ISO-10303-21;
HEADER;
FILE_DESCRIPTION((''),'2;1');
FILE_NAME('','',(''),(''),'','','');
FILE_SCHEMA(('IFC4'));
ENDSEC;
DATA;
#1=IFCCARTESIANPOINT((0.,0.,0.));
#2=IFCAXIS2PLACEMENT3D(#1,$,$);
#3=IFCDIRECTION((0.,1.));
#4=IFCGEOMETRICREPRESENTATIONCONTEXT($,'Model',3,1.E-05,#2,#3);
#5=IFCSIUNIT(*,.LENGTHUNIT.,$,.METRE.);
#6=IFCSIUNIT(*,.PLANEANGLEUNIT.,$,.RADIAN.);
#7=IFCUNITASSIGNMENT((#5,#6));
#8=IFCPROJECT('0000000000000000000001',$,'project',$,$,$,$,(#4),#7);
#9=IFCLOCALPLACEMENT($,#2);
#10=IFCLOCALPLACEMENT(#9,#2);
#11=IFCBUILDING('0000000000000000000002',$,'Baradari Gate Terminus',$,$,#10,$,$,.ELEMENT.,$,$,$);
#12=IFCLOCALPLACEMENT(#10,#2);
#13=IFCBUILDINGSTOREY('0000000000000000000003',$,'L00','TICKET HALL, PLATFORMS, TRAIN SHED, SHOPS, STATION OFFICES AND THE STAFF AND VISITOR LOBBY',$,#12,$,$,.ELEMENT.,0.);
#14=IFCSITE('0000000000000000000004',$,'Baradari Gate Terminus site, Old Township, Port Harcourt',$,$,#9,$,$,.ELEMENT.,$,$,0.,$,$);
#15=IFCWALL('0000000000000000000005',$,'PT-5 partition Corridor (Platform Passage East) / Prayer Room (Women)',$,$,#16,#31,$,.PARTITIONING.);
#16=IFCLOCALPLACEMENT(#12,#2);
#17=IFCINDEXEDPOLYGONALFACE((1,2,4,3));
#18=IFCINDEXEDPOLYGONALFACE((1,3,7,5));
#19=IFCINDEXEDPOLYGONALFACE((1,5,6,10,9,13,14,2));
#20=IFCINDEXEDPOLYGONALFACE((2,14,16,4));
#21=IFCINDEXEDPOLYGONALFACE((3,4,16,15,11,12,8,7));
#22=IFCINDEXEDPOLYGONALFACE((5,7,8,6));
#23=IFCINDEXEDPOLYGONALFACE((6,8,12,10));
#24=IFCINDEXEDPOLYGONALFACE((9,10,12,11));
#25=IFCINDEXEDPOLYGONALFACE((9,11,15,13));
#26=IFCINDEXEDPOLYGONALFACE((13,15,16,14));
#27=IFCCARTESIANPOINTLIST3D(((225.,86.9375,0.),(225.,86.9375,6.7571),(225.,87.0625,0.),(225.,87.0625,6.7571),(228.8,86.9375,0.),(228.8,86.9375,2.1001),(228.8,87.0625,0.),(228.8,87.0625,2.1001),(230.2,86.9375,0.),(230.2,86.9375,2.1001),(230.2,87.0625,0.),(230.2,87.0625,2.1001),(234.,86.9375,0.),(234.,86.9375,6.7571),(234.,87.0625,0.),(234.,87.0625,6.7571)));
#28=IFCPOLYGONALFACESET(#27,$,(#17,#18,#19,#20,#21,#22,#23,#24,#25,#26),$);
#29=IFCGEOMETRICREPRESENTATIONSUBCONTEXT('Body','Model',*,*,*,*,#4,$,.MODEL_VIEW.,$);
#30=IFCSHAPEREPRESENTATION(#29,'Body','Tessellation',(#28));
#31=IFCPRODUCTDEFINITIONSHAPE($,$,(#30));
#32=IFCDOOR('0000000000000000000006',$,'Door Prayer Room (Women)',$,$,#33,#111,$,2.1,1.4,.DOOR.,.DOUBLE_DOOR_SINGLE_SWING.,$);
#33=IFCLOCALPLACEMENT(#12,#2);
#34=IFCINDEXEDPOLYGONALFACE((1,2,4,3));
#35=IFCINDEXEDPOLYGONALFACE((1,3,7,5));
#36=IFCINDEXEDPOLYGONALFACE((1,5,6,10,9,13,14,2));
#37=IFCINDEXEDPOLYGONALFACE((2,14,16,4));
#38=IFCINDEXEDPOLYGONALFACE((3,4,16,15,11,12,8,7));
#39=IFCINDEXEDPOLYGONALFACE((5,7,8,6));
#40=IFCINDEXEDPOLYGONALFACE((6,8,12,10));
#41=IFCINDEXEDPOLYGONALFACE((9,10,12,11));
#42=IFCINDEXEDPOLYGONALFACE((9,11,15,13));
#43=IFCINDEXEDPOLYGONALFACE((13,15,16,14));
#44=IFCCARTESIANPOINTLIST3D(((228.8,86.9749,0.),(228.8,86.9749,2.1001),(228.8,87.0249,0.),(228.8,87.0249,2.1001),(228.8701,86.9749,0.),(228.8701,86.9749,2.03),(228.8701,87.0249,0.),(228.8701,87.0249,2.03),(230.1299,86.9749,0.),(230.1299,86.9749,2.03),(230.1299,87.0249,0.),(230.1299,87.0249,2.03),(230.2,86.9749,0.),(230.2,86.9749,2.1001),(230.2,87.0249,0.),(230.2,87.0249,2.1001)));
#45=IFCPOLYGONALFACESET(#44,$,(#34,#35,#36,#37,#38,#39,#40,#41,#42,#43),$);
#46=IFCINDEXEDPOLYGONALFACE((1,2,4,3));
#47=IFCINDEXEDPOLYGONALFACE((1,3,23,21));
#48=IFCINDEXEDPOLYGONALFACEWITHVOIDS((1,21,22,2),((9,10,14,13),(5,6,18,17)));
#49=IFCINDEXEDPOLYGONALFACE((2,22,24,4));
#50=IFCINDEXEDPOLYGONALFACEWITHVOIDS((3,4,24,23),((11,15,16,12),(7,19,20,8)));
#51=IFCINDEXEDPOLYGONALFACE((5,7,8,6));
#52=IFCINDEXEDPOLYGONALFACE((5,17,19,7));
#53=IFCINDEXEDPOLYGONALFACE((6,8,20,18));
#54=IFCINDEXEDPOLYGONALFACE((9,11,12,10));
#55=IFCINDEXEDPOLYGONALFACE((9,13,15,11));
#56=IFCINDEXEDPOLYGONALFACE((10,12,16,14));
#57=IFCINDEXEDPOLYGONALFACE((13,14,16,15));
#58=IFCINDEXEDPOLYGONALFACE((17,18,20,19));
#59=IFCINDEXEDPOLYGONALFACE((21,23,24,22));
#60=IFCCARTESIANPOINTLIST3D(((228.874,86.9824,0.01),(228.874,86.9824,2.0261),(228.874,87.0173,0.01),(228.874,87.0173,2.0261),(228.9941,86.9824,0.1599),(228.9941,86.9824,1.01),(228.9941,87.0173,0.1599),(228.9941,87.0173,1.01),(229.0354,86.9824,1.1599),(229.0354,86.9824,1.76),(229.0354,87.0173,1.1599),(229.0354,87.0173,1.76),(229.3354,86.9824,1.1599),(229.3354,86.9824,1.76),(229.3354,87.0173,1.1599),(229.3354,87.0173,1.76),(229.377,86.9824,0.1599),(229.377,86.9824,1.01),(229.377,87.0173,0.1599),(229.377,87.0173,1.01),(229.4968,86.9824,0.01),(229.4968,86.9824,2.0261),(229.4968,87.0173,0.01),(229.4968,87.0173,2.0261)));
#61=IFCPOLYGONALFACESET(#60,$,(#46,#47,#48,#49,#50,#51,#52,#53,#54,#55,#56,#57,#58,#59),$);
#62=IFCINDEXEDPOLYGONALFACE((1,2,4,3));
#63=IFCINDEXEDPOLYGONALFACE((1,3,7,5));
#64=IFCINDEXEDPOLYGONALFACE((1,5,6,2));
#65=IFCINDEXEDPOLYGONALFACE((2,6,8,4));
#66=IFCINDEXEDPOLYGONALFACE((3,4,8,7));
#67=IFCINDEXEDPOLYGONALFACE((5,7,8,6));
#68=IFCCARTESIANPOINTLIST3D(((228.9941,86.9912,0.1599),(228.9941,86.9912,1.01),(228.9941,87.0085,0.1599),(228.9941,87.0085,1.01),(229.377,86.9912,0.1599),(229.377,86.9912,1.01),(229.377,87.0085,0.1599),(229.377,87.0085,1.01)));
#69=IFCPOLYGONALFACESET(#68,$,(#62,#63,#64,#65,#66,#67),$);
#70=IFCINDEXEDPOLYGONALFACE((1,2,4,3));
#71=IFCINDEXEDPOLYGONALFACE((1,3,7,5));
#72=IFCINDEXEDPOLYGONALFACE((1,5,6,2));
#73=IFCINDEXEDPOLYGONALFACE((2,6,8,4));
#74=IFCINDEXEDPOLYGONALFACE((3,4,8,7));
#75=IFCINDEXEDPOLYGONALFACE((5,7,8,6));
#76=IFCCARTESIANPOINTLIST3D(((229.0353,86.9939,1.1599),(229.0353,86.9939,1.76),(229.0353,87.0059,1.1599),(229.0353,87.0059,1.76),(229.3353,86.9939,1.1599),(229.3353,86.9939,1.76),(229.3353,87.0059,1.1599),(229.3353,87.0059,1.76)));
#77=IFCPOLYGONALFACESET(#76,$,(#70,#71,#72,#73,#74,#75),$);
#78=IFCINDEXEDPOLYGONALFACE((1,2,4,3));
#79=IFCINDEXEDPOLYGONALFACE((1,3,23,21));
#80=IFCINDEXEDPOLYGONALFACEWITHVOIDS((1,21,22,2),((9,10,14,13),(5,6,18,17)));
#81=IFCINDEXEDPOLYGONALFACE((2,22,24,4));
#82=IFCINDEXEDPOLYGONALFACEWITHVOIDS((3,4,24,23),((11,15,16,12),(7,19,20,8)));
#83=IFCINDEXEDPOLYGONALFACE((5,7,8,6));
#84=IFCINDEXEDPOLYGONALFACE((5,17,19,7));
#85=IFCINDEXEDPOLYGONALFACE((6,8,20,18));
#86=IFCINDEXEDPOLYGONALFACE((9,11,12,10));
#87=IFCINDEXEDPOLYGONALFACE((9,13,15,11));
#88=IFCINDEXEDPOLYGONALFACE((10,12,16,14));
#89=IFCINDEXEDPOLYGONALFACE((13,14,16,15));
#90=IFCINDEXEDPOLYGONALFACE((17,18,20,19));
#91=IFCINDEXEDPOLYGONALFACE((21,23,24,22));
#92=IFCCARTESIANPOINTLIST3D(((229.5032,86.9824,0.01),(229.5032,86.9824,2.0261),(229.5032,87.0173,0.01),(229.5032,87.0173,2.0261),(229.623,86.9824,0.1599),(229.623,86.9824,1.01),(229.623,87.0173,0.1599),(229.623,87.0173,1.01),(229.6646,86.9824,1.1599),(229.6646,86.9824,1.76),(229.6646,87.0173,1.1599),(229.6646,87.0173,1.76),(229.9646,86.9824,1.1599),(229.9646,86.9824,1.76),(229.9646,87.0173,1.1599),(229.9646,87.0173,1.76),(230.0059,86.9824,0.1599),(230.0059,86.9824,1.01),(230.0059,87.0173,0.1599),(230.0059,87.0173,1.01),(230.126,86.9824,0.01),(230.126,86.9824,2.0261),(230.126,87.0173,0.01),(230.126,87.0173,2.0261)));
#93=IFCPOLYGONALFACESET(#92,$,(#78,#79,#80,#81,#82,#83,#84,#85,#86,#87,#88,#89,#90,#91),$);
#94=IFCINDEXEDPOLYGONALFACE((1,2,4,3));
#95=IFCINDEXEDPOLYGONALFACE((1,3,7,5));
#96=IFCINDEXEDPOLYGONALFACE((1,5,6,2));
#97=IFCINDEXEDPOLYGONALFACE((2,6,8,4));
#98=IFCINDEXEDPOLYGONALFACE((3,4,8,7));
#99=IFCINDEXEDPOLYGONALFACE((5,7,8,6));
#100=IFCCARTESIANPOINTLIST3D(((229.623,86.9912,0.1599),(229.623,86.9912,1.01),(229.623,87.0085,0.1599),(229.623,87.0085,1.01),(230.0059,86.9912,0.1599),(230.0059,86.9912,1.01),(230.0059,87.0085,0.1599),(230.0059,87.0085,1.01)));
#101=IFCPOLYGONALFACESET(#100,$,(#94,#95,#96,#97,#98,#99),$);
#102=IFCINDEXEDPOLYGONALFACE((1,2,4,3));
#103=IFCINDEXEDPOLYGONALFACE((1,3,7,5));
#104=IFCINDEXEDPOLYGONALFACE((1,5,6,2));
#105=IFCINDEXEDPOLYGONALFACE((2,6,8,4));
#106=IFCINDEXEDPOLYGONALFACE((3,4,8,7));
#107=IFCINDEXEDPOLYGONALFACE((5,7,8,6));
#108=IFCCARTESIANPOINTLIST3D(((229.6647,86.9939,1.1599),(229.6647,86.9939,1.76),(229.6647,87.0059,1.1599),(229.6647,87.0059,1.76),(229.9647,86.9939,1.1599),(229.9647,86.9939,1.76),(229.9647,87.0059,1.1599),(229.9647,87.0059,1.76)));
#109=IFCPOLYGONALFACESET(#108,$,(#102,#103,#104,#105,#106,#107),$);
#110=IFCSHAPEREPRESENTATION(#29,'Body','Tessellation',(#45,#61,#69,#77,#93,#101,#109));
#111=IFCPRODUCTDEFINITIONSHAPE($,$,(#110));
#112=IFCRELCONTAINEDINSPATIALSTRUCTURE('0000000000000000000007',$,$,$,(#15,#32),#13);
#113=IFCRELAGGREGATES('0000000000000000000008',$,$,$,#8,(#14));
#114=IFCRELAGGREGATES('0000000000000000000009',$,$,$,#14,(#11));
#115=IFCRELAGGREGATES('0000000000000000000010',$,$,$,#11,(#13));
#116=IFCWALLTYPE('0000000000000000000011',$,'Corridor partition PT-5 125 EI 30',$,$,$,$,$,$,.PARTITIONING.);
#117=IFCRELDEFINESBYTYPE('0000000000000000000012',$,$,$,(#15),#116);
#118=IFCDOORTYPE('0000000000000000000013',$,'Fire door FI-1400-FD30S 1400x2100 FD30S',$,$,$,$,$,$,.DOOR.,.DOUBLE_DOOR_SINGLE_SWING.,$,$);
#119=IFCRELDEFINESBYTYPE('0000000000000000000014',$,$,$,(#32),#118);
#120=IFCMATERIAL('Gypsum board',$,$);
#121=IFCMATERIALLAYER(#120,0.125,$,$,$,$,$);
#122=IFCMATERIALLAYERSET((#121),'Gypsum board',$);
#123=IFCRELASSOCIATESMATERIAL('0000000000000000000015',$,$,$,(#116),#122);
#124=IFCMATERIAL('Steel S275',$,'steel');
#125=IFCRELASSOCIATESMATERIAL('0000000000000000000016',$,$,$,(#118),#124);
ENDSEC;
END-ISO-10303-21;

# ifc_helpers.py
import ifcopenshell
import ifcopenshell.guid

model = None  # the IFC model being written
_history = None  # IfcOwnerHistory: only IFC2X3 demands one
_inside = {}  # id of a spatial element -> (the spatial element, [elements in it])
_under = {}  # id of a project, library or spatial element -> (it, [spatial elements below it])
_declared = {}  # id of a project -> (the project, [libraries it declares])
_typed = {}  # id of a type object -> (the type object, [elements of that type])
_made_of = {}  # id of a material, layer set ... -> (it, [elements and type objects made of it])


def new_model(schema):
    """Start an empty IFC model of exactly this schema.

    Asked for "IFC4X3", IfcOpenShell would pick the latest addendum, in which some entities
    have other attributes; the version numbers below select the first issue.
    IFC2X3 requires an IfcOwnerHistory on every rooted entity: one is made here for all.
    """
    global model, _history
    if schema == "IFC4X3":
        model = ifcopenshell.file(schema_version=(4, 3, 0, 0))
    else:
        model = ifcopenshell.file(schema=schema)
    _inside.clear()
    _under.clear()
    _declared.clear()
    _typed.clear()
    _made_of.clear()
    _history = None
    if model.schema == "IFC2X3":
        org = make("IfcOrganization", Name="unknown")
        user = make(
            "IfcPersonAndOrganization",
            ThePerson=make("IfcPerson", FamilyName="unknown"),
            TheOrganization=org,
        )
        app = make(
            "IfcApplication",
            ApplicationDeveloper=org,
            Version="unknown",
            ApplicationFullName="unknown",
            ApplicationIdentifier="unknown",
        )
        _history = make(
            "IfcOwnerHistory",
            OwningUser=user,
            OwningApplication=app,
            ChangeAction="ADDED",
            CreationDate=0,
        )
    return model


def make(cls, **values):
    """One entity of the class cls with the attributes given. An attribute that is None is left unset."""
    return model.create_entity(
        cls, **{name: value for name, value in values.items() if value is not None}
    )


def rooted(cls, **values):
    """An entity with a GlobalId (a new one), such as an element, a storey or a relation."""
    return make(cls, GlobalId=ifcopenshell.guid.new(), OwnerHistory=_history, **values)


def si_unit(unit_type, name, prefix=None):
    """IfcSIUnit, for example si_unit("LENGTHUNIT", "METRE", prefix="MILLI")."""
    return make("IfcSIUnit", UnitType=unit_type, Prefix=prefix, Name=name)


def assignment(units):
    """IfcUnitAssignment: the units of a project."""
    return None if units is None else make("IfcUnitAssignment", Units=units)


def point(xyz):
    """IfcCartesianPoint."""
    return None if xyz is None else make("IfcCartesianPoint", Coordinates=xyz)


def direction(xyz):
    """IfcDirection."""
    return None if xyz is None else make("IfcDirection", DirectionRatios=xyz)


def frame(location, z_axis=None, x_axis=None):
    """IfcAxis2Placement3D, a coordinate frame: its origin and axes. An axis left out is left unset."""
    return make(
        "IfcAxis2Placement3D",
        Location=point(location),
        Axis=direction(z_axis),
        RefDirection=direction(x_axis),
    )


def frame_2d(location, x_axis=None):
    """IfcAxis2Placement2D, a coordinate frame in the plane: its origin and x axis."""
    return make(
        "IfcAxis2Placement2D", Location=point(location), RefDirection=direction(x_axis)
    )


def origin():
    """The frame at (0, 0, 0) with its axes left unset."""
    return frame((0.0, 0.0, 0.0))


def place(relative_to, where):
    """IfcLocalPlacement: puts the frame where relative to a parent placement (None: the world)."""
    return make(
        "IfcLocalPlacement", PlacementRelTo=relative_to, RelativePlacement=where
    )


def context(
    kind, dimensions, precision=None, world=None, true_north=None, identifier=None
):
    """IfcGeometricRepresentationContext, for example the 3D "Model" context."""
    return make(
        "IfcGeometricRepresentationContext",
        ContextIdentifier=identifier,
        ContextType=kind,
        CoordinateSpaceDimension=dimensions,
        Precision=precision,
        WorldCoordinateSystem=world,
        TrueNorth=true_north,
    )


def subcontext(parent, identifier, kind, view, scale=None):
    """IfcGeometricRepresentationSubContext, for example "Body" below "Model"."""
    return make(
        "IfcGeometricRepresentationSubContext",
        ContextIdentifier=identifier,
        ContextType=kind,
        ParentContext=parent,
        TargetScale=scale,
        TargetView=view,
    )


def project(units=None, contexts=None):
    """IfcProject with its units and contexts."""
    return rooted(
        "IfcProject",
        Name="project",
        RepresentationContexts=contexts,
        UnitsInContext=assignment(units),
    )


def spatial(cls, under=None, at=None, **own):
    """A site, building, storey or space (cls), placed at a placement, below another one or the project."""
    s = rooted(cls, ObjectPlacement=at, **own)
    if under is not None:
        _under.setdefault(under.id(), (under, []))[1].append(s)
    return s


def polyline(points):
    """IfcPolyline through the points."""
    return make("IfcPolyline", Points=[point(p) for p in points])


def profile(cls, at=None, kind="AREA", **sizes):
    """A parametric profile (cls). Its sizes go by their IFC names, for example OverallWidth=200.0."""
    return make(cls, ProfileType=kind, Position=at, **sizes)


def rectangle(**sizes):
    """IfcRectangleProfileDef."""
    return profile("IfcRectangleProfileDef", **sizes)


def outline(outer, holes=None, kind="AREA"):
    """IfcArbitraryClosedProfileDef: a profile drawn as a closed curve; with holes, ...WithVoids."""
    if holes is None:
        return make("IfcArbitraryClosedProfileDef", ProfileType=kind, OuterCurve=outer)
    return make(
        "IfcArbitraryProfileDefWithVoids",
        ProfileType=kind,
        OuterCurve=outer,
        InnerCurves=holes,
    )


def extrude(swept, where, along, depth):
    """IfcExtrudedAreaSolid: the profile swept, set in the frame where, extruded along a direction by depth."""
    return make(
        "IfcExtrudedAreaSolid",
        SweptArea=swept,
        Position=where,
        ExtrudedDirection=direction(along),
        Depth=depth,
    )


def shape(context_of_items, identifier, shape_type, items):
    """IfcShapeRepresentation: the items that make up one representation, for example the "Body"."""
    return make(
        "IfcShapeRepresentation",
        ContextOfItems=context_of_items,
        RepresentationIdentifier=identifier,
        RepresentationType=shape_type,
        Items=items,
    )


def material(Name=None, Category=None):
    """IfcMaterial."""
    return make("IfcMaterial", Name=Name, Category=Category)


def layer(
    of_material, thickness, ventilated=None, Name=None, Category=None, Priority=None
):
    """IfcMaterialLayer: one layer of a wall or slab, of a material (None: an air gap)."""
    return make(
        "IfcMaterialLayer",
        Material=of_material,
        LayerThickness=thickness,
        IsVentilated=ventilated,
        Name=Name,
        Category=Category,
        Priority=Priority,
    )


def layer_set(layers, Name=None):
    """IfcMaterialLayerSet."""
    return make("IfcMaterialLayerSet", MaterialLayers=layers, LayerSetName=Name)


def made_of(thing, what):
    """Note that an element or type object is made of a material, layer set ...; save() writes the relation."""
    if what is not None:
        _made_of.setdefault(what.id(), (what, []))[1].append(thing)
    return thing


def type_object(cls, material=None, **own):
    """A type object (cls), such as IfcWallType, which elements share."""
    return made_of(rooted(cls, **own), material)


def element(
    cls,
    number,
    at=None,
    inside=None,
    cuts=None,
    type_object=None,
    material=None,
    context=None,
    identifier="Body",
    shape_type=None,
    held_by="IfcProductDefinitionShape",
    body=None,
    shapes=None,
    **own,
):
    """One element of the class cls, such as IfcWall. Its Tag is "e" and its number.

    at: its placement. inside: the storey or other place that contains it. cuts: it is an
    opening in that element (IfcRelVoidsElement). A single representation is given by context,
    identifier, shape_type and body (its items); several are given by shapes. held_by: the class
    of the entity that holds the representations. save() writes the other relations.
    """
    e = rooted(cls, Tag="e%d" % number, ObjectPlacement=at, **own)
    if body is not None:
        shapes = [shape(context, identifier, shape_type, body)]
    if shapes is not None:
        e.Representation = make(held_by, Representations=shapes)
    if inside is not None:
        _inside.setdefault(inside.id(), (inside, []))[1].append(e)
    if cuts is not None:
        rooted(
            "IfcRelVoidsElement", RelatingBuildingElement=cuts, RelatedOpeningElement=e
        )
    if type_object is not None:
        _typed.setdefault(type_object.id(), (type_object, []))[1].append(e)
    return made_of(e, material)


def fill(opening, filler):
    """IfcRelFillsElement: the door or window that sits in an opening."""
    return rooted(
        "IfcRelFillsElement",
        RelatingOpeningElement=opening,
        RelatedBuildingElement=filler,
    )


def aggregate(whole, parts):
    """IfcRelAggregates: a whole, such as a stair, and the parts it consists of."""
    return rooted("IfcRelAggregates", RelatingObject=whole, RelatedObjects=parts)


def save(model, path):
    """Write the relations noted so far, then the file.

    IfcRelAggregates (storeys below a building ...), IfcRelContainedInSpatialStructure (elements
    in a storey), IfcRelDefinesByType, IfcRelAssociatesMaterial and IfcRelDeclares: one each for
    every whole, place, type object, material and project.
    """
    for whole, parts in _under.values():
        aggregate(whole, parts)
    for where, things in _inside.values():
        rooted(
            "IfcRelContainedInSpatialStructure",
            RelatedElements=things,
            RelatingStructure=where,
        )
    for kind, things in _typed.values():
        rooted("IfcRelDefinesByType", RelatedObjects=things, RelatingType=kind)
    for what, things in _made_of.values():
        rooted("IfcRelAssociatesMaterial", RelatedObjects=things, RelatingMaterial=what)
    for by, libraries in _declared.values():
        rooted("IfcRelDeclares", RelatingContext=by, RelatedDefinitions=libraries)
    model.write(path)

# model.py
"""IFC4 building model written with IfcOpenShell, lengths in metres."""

from ifc_helpers import new_model, si_unit, direction, frame, frame_2d, origin, place, context, subcontext, project, spatial, polyline, rectangle, outline, extrude, material, layer, layer_set, type_object, element, fill, save


model = new_model("IFC4")

# Units and contexts
model_context = context("Model", 3, precision=1e-05, world=origin(), true_north=direction((0.0, 1.0)))
body_context = subcontext(model_context, "Body", "Model", "MODEL_VIEW")
ifc_project = project(units=[si_unit("LENGTHUNIT", "METRE"), si_unit("PLANEANGLEUNIT", "RADIAN")], contexts=[model_context])

# Site, building, storey
site_placement = place(None, origin())
site = spatial("IfcSite", under=ifc_project, at=site_placement, Name="Baradari Gate Terminus site, Old Township, Port Harcourt", CompositionType="ELEMENT", RefElevation=0.0)
building_placement = place(site_placement, origin())
building = spatial("IfcBuilding", under=site, at=building_placement, Name="Baradari Gate Terminus", CompositionType="ELEMENT")
storey_placement = place(building_placement, origin())
storey = spatial("IfcBuildingStorey", under=building, at=storey_placement, Name="L00", Description="TICKET HALL, PLATFORMS, TRAIN SHED, SHOPS, STATION OFFICES AND THE STAFF AND VISITOR LOBBY", CompositionType="ELEMENT", Elevation=0.0)

# Wall, opening, door
ifc_material_1 = material(Name="Gypsum board")
ifc_layer_1 = layer(ifc_material_1, 0.125)
ifc_layer_set_1 = layer_set([ifc_layer_1], Name="Gypsum board")
wall_type_1 = type_object("IfcWallType", Name="Corridor partition PT-5 125 EI 30", PredefinedType="PARTITIONING", material=ifc_layer_set_1)
wall_1_placement = place(storey_placement, frame((225.0, 87.0, 0.0), z_axis=(0.0, 0.0, 1.0), x_axis=(1.0, 0.0, 0.0)))
wall_1 = element("IfcWall", 1, at=wall_1_placement, inside=storey, type_object=wall_type_1, Name="PT-5 partition Corridor (Platform Passage East) / Prayer Room (Women)", PredefinedType="PARTITIONING", context=body_context, shape_type="SweptSolid", body=[
    extrude(rectangle(XDim=9.0, YDim=0.125, at=frame_2d((4.5, 0.0))), origin(), (0.0, 0.0, 1.0), 6.7571),
])
opening_1_placement = place(wall_1_placement, frame((3.8, 0.0, 0.0)))
opening_1 = element("IfcOpeningElement", 2, at=opening_1_placement, cuts=wall_1, PredefinedType="OPENING", context=body_context, shape_type="SweptSolid", body=[
    extrude(rectangle(XDim=1.3999, YDim=2.1001, at=frame_2d((0.7, 1.05))), frame((0.0, 0.0725, 0.0), z_axis=(0.0, -1.0, 0.0), x_axis=(1.0, 0.0, 0.0)), (0.0, 0.0, 1.0), 0.145),
])
ifc_material_2 = material(Name="Steel S275", Category="steel")
door_type = type_object("IfcDoorType", Name="Fire door FI-1400-FD30S 1400x2100 FD30S", OperationType="DOUBLE_DOOR_SINGLE_SWING", PredefinedType="DOOR", material=ifc_material_2)
door_1_placement = place(opening_1_placement, origin())
door_1 = element("IfcDoor", 3, at=door_1_placement, inside=storey, type_object=door_type, Name="Door Prayer Room (Women)", OperationType="DOUBLE_DOOR_SINGLE_SWING", OverallHeight=2.1, OverallWidth=1.4, PredefinedType="DOOR", context=body_context, shape_type="SweptSolid", body=[
    extrude(outline(polyline([(0.0, 0.0), (0.0701, 0.0), (0.0701, 2.03), (1.3298, 2.03), (1.3298, 0.0), (1.3999, 0.0), (1.3999, 2.1001), (0.0, 2.1001), (0.0, 0.0)])), frame((0.0, 0.0249, 0.0), z_axis=(0.0, -1.0, 0.0), x_axis=(1.0, 0.0, 0.0)), (0.0, 0.0, 1.0), 0.05),
    extrude(outline(polyline([(0.074, 0.01), (0.6968, 0.01), (0.6968, 2.0261), (0.074, 2.0261), (0.074, 0.01)]), holes=[polyline([(0.1941, 0.1599), (0.5769, 0.1599), (0.5769, 1.01), (0.1941, 1.01), (0.1941, 0.1599)]), polyline([(0.2354, 1.1599), (0.5354, 1.1599), (0.5354, 1.76), (0.2354, 1.76), (0.2354, 1.1599)])]), frame((0.0, 0.0173, 0.0), z_axis=(0.0, -1.0, 0.0), x_axis=(1.0, 0.0, 0.0)), (0.0, 0.0, 1.0), 0.0349),
    extrude(rectangle(XDim=0.3828, YDim=0.8501, at=frame_2d((0.3855, 0.585))), frame((0.0, 0.0085, 0.0), z_axis=(0.0, -1.0, 0.0), x_axis=(1.0, 0.0, 0.0)), (0.0, 0.0, 1.0), 0.0173),
    extrude(rectangle(XDim=0.3, YDim=0.6001, at=frame_2d((0.3853, 1.46))), frame((0.0, 0.0059, 0.0), z_axis=(0.0, -1.0, 0.0), x_axis=(1.0, 0.0, 0.0)), (0.0, 0.0, 1.0), 0.012),
    extrude(outline(polyline([(0.7031, 0.01), (1.3259, 0.01), (1.3259, 2.0261), (0.7031, 2.0261), (0.7031, 0.01)]), holes=[polyline([(0.823, 0.1599), (1.2058, 0.1599), (1.2058, 1.01), (0.823, 1.01), (0.823, 0.1599)]), polyline([(0.8645, 1.1599), (1.1646, 1.1599), (1.1646, 1.76), (0.8645, 1.76), (0.8645, 1.1599)])]), frame((0.0, 0.0173, 0.0), z_axis=(0.0, -1.0, 0.0), x_axis=(1.0, 0.0, 0.0)), (0.0, 0.0, 1.0), 0.0349),
    extrude(rectangle(XDim=0.3828, YDim=0.8501, at=frame_2d((1.0144, 0.585))), frame((0.0, 0.0085, 0.0), z_axis=(0.0, -1.0, 0.0), x_axis=(1.0, 0.0, 0.0)), (0.0, 0.0, 1.0), 0.0173),
    extrude(rectangle(XDim=0.3, YDim=0.6001, at=frame_2d((1.0146, 1.46))), frame((0.0, 0.0059, 0.0), z_axis=(0.0, -1.0, 0.0), x_axis=(1.0, 0.0, 0.0)), (0.0, 0.0, 1.0), 0.012),
])
fill(opening_1, door_1)

save(model, "model.ifc")
